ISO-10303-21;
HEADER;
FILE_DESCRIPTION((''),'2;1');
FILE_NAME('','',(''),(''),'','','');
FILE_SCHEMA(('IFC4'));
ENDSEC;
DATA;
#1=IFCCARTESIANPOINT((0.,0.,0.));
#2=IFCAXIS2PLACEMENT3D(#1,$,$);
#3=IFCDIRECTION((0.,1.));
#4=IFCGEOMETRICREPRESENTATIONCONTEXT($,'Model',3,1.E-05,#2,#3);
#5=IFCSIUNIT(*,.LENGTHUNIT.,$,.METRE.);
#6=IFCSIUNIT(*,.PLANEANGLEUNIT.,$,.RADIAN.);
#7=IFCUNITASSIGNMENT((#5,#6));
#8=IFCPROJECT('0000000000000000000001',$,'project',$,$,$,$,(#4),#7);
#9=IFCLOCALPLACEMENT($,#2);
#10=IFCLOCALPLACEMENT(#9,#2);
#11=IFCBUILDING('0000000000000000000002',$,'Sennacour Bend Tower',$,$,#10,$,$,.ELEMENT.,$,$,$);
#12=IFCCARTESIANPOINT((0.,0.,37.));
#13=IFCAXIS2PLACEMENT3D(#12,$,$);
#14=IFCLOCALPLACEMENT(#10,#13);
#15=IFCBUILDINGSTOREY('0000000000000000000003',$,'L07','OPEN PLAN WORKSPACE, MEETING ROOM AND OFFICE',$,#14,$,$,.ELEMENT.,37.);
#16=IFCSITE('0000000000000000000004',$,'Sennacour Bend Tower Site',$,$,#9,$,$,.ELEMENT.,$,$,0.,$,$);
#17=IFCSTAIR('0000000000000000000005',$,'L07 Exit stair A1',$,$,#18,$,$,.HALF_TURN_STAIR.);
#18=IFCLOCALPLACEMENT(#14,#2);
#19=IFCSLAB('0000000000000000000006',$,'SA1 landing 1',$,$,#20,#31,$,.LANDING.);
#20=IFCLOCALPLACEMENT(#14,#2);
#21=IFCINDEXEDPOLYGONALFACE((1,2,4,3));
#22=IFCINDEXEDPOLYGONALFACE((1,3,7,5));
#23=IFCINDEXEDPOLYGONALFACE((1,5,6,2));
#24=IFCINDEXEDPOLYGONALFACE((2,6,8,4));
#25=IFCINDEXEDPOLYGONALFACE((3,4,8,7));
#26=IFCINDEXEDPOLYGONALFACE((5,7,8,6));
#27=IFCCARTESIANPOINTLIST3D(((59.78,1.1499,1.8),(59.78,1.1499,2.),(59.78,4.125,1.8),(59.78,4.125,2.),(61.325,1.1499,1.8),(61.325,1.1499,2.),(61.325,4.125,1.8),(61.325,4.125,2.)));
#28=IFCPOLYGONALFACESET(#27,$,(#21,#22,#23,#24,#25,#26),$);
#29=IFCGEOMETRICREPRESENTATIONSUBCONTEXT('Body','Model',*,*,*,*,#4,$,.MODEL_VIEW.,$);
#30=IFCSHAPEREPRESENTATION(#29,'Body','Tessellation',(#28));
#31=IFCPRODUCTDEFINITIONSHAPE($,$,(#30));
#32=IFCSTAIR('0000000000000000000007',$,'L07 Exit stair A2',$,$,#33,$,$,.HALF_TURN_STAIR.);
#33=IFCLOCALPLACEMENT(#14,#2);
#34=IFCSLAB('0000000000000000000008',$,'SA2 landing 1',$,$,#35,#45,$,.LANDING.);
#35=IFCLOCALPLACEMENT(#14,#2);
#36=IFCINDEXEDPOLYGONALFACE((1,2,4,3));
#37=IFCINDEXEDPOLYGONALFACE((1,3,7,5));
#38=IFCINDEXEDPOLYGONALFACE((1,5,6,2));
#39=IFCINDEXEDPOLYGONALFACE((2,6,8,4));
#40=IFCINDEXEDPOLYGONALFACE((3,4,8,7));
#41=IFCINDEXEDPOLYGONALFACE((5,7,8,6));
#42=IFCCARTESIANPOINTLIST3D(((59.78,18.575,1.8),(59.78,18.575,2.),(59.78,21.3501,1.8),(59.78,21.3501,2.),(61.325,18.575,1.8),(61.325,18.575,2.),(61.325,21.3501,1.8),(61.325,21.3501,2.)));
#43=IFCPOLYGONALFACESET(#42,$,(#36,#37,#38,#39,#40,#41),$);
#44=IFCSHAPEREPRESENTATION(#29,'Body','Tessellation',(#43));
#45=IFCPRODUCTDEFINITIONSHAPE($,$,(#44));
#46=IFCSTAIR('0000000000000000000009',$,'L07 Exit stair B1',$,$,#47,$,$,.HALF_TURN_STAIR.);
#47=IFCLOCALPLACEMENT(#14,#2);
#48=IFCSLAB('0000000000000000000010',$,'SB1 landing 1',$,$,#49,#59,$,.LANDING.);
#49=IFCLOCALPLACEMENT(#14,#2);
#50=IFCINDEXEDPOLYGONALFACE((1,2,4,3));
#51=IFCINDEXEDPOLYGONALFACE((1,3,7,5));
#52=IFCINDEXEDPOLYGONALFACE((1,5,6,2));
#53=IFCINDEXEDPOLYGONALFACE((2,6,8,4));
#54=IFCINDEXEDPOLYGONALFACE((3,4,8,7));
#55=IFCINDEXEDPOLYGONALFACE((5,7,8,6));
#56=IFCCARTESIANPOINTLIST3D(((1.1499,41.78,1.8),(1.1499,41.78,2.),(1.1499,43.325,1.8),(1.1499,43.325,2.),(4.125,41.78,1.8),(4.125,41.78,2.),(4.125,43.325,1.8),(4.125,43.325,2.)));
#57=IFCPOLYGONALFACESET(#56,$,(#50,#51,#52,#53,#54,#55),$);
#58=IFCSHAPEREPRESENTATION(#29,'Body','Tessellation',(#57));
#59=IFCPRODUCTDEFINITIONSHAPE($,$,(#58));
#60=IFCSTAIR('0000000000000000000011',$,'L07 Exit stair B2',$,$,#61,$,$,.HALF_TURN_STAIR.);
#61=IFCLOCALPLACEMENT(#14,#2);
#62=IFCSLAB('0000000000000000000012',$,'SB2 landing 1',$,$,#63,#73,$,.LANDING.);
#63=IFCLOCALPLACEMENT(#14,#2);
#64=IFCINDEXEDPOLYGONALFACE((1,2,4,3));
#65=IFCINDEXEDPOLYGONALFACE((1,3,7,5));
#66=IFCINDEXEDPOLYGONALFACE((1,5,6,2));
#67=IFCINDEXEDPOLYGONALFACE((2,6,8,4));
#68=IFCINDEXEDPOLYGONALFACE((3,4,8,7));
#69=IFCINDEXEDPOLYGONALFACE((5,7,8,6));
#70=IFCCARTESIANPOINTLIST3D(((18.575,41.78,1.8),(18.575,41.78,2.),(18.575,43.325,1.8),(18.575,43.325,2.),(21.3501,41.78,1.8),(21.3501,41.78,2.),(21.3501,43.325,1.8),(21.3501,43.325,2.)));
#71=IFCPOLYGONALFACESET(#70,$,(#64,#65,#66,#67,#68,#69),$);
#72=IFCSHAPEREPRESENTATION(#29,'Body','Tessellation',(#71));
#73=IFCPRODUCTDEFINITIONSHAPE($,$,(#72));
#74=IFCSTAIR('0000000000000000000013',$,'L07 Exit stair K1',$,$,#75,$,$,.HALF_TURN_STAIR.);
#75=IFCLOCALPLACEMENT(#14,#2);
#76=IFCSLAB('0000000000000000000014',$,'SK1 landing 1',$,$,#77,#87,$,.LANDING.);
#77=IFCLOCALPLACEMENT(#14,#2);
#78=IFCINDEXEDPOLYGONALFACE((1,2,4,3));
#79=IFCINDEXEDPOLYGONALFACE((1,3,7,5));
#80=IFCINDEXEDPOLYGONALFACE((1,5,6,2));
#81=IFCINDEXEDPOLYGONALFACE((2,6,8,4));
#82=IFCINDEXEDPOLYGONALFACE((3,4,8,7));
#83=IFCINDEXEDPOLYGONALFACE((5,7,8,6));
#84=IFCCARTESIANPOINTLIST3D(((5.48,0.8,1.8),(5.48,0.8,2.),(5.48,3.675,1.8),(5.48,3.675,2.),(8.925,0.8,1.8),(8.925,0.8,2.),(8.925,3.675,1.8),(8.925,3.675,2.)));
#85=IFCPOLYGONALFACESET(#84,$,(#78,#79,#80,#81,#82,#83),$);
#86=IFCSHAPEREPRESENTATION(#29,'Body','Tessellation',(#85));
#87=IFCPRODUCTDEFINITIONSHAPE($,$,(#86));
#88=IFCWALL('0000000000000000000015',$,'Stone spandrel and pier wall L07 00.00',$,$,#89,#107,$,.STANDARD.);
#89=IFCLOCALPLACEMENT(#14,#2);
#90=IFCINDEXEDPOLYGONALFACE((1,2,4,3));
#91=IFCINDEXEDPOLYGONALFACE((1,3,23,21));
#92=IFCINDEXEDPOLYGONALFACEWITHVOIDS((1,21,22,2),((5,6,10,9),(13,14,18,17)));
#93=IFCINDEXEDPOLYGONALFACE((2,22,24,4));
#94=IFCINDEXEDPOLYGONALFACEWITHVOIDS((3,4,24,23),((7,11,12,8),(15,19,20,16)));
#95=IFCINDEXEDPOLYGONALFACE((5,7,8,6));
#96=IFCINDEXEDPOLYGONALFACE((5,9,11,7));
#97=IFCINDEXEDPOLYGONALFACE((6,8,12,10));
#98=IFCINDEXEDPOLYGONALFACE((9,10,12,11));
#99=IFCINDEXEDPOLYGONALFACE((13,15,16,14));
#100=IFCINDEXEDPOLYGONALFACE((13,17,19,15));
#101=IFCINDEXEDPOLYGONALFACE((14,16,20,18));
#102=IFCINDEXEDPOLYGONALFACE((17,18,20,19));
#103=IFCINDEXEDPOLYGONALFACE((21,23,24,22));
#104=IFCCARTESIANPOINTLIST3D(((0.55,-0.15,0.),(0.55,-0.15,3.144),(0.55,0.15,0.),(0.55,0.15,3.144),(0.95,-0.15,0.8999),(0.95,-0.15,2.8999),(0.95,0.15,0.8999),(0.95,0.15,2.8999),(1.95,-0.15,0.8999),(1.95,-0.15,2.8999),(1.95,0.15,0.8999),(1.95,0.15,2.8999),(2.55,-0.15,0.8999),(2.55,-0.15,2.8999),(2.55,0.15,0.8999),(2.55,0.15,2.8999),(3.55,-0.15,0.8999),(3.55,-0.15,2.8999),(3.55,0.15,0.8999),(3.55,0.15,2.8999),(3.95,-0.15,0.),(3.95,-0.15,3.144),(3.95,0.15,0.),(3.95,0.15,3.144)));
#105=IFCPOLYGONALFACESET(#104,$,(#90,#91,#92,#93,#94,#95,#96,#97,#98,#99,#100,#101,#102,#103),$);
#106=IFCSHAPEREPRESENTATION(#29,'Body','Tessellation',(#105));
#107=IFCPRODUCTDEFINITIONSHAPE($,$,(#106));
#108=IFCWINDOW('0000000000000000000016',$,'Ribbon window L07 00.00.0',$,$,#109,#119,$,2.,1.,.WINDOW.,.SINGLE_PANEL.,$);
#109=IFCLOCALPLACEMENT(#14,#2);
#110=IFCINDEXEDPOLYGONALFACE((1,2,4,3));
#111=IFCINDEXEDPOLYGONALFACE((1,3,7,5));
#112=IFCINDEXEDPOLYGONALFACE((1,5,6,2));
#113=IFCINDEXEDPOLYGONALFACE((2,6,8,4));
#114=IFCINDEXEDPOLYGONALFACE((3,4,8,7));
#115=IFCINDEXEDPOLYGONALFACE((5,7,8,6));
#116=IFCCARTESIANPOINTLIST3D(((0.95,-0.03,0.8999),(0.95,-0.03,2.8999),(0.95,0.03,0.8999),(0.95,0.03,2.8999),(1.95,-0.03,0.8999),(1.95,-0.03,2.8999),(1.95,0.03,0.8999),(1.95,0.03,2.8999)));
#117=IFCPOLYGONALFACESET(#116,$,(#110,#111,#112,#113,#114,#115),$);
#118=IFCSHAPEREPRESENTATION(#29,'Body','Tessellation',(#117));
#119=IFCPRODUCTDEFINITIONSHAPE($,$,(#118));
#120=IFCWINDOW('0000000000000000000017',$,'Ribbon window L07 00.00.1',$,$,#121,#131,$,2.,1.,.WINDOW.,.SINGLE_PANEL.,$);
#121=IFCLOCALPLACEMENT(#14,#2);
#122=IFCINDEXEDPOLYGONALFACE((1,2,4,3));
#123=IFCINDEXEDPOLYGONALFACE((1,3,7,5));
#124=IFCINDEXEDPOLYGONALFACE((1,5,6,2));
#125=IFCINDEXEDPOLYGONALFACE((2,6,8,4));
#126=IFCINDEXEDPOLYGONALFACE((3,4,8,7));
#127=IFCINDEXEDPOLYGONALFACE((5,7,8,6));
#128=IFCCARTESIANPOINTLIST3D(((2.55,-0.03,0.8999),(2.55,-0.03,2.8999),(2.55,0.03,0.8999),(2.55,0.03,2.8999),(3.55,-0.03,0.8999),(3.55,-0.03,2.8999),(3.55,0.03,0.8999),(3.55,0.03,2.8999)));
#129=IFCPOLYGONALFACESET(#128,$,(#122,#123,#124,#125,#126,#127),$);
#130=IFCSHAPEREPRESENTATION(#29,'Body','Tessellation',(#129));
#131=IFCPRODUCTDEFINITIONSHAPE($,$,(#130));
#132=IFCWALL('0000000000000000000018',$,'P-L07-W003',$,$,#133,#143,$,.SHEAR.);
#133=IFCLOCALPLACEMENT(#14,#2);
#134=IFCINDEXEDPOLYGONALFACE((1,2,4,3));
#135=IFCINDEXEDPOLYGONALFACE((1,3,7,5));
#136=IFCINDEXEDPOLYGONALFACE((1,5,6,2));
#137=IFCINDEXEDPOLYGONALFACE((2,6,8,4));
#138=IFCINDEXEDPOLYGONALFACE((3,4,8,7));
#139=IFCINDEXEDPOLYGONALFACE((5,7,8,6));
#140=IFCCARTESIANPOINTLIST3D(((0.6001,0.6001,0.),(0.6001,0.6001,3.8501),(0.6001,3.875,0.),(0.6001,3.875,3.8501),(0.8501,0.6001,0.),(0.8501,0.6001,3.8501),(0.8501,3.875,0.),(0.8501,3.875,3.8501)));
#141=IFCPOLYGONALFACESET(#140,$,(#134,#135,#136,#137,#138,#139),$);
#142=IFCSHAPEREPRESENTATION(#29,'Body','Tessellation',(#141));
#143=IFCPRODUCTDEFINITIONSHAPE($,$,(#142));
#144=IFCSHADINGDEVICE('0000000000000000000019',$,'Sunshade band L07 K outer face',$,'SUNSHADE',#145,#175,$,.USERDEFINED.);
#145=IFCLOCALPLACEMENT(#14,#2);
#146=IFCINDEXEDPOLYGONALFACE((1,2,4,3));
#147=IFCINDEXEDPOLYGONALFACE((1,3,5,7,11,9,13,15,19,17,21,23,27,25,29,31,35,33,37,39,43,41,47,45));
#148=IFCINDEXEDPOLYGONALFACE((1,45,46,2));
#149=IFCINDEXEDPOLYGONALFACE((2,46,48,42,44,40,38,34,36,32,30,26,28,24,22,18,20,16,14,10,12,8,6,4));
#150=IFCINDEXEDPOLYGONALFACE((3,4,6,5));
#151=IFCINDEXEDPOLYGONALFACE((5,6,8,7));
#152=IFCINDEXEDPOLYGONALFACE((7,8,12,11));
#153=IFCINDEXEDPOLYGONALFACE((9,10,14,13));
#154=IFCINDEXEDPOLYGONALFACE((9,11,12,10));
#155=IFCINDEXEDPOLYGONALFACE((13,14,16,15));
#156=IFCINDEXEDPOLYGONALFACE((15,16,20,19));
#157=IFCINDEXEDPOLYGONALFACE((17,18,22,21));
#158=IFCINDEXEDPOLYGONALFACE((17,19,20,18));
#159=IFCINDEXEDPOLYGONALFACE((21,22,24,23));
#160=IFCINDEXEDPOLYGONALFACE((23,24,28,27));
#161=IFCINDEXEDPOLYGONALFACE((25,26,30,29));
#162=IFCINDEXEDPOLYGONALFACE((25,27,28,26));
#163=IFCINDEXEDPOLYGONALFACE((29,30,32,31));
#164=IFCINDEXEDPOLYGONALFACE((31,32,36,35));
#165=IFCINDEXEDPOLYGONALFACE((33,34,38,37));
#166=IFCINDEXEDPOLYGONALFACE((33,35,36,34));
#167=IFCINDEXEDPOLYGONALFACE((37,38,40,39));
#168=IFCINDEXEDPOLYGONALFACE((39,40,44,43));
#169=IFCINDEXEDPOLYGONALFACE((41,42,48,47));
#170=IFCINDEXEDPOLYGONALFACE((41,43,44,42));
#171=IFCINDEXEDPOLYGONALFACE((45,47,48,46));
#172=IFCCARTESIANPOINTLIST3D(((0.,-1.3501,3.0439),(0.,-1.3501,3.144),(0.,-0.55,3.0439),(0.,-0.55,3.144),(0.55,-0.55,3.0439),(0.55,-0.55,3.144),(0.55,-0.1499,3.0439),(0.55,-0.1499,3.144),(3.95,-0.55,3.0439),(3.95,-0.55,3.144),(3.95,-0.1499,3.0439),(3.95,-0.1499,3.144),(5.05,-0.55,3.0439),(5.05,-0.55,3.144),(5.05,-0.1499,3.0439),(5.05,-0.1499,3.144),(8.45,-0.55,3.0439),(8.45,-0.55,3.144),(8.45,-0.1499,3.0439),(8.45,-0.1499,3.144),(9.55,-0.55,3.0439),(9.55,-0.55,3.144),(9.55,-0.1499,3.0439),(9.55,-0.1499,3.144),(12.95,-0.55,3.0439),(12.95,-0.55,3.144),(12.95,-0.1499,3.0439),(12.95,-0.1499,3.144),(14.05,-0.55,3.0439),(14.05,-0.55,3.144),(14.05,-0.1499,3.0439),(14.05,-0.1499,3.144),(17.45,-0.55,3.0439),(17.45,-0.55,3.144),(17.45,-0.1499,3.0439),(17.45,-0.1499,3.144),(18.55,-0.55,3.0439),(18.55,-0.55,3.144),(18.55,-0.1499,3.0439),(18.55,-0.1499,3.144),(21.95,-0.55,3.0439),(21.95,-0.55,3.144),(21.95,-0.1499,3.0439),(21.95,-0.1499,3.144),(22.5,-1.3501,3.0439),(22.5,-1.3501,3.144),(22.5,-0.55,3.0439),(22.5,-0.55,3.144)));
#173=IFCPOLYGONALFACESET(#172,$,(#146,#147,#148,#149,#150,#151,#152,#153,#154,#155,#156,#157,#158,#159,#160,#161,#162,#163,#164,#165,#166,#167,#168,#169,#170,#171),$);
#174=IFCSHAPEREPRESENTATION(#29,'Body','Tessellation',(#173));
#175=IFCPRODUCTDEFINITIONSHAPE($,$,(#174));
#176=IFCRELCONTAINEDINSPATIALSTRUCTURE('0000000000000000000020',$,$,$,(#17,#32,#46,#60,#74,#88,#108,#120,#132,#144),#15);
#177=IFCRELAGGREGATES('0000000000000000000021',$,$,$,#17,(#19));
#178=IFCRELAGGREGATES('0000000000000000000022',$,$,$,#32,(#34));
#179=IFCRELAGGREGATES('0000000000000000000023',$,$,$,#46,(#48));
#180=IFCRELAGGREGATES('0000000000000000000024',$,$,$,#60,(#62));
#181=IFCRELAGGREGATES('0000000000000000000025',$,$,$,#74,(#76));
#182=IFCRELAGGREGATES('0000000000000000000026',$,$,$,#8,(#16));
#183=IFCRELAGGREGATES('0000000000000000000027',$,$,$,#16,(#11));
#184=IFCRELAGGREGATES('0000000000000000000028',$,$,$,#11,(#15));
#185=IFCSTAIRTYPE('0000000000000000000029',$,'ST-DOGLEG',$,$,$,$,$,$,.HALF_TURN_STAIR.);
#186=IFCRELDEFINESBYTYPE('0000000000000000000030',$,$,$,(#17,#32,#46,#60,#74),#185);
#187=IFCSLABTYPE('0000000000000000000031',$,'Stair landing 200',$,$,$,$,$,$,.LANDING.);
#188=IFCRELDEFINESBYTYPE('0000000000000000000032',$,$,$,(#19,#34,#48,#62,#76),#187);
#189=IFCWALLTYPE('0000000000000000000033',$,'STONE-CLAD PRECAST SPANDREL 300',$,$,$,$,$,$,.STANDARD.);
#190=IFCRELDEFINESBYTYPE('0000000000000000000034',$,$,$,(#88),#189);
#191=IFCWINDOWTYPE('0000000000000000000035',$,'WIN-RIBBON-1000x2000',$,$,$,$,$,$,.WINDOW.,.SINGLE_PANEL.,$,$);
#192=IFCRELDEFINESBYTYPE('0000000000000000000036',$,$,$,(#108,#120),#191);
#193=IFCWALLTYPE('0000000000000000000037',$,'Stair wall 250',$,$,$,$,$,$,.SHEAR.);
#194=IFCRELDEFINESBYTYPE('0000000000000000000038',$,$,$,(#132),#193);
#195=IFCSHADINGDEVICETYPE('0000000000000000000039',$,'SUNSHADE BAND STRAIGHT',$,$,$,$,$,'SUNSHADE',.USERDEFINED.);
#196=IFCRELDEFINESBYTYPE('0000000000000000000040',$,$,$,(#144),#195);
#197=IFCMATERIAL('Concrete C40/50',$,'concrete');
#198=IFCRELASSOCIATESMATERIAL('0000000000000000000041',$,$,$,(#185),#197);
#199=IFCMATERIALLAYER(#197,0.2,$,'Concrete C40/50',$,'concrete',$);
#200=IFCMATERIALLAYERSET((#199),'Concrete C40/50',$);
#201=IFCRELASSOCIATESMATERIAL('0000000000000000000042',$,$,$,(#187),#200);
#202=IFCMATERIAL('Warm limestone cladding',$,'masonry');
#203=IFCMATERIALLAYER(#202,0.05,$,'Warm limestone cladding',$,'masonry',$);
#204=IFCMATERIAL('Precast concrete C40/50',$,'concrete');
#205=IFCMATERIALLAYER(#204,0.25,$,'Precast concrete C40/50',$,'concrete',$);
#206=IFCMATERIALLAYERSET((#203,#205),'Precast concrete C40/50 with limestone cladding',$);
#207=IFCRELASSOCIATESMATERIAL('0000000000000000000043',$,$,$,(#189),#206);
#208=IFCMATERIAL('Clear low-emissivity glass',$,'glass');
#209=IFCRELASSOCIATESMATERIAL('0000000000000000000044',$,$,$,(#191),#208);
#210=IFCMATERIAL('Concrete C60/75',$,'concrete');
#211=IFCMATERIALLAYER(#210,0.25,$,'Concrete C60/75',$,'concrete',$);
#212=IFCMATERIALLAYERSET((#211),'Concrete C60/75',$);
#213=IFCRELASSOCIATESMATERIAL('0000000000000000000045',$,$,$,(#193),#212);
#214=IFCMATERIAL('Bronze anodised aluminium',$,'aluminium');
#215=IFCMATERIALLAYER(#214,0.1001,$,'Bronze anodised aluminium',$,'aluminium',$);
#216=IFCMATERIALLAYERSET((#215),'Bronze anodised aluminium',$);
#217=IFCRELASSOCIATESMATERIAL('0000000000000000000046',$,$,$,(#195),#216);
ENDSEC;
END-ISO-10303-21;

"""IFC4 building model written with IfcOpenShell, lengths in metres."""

from ifc_helpers import new_model, si_unit, direction, frame, frame_2d, origin, place, context, subcontext, project, spatial, polyline, rectangle, outline, extrude, material, layer, layer_set, type_object, element, fill, aggregate, save


model = new_model("IFC4")

# Units and contexts
model_context = context("Model", 3, precision=1e-05, world=origin(), true_north=direction((0.0, 1.0)))
body_context = subcontext(model_context, "Body", "Model", "MODEL_VIEW")
ifc_project = project(units=[si_unit("LENGTHUNIT", "METRE"), si_unit("PLANEANGLEUNIT", "RADIAN")], contexts=[model_context])

# Site, building, storey
site_placement = place(None, origin())
site = spatial("IfcSite", under=ifc_project, at=site_placement, Name="Sennacour Bend Tower Site", CompositionType="ELEMENT", RefElevation=0.0)
building_placement = place(site_placement, origin())
building = spatial("IfcBuilding", under=site, at=building_placement, Name="Sennacour Bend Tower", CompositionType="ELEMENT")
storey_placement = place(building_placement, frame((0.0, 0.0, 37.0)))
storey = spatial("IfcBuildingStorey", under=building, at=storey_placement, Name="L07", Description="OPEN PLAN WORKSPACE, MEETING ROOM AND OFFICE", CompositionType="ELEMENT", Elevation=37.0)

# Shared definitions
ifc_material_1 = material(Name="Concrete C40/50", Category="concrete")

# Stairs, slabs
stair_type = type_object("IfcStairType", Name="ST-DOGLEG", PredefinedType="HALF_TURN_STAIR", material=ifc_material_1)
stair_1_placement = place(storey_placement, origin())
stair_1 = element("IfcStair", 1, at=stair_1_placement, inside=storey, type_object=stair_type, Name="L07 Exit stair A1", PredefinedType="HALF_TURN_STAIR")
ifc_layer_1 = layer(ifc_material_1, 0.2, Name="Concrete C40/50", Category="concrete")
ifc_layer_set_1 = layer_set([ifc_layer_1], Name="Concrete C40/50")
slab_type_1 = type_object("IfcSlabType", Name="Stair landing 200", PredefinedType="LANDING", material=ifc_layer_set_1)
slab_1_placement = place(storey_placement, frame((0.0, 0.0, 1.8)))
slab_1 = element("IfcSlab", 2, at=slab_1_placement, type_object=slab_type_1, Name="SA1 landing 1", PredefinedType="LANDING", context=body_context, shape_type="SweptSolid", body=[
    extrude(outline(polyline([(59.78, 1.1499), (61.325, 1.1499), (61.325, 4.125), (59.78, 4.125), (59.78, 1.1499)])), origin(), (0.0, 0.0, 1.0), 0.2),
])
aggregate(stair_1, [slab_1])
stair_2_placement = place(storey_placement, origin())
stair_2 = element("IfcStair", 3, at=stair_2_placement, inside=storey, type_object=stair_type, Name="L07 Exit stair A2", PredefinedType="HALF_TURN_STAIR")
slab_2_placement = place(storey_placement, frame((0.0, 0.0, 1.8)))
slab_2 = element("IfcSlab", 4, at=slab_2_placement, type_object=slab_type_1, Name="SA2 landing 1", PredefinedType="LANDING", context=body_context, shape_type="SweptSolid", body=[
    extrude(outline(polyline([(59.78, 18.575), (61.325, 18.575), (61.325, 21.3501), (59.78, 21.3501), (59.78, 18.575)])), origin(), (0.0, 0.0, 1.0), 0.2),
])
aggregate(stair_2, [slab_2])
stair_3_placement = place(storey_placement, origin())
stair_3 = element("IfcStair", 5, at=stair_3_placement, inside=storey, type_object=stair_type, Name="L07 Exit stair B1", PredefinedType="HALF_TURN_STAIR")
slab_3_placement = place(storey_placement, frame((0.0, 0.0, 1.8)))
slab_3 = element("IfcSlab", 6, at=slab_3_placement, type_object=slab_type_1, Name="SB1 landing 1", PredefinedType="LANDING", context=body_context, shape_type="SweptSolid", body=[
    extrude(outline(polyline([(1.1499, 41.78), (4.125, 41.78), (4.125, 43.325), (1.1499, 43.325), (1.1499, 41.78)])), origin(), (0.0, 0.0, 1.0), 0.2),
])
aggregate(stair_3, [slab_3])
stair_4_placement = place(storey_placement, origin())
stair_4 = element("IfcStair", 7, at=stair_4_placement, inside=storey, type_object=stair_type, Name="L07 Exit stair B2", PredefinedType="HALF_TURN_STAIR")
slab_4_placement = place(storey_placement, frame((0.0, 0.0, 1.8)))
slab_4 = element("IfcSlab", 8, at=slab_4_placement, type_object=slab_type_1, Name="SB2 landing 1", PredefinedType="LANDING", context=body_context, shape_type="SweptSolid", body=[
    extrude(outline(polyline([(18.575, 41.78), (21.3501, 41.78), (21.3501, 43.325), (18.575, 43.325), (18.575, 41.78)])), origin(), (0.0, 0.0, 1.0), 0.2),
])
aggregate(stair_4, [slab_4])
stair_5_placement = place(storey_placement, origin())
stair_5 = element("IfcStair", 9, at=stair_5_placement, inside=storey, type_object=stair_type, Name="L07 Exit stair K1", PredefinedType="HALF_TURN_STAIR")
slab_5_placement = place(storey_placement, frame((0.0, 0.0, 1.8)))
slab_5 = element("IfcSlab", 10, at=slab_5_placement, type_object=slab_type_1, Name="SK1 landing 1", PredefinedType="LANDING", context=body_context, shape_type="SweptSolid", body=[
    extrude(outline(polyline([(5.48, 0.8), (8.925, 0.8), (8.925, 3.675), (5.48, 3.675), (5.48, 0.8)])), origin(), (0.0, 0.0, 1.0), 0.2),
])
aggregate(stair_5, [slab_5])

# Wall, openings, windows
ifc_material_2 = material(Name="Warm limestone cladding", Category="masonry")
ifc_layer_2 = layer(ifc_material_2, 0.05, Name="Warm limestone cladding", Category="masonry")
ifc_material_3 = material(Name="Precast concrete C40/50", Category="concrete")
ifc_layer_3 = layer(ifc_material_3, 0.25, Name="Precast concrete C40/50", Category="concrete")
ifc_layer_set_2 = layer_set([ifc_layer_2, ifc_layer_3], Name="Precast concrete C40/50 with limestone cladding")
wall_type_1 = type_object("IfcWallType", Name="STONE-CLAD PRECAST SPANDREL 300", PredefinedType="STANDARD", material=ifc_layer_set_2)
wall_1_placement = place(storey_placement, frame((0.55, 0.0, 0.0), z_axis=(0.0, 0.0, 1.0), x_axis=(1.0, 0.0, 0.0)))
wall_1 = element("IfcWall", 11, at=wall_1_placement, inside=storey, type_object=wall_type_1, Name="Stone spandrel and pier wall L07 00.00", PredefinedType="STANDARD", context=body_context, shape_type="SweptSolid", body=[
    extrude(rectangle(XDim=3.3999, YDim=0.3, at=frame_2d((1.7, 0.0))), origin(), (0.0, 0.0, 1.0), 3.144),
])
opening_1_placement = place(wall_1_placement, frame((0.3999, 0.0, 0.8999)))
opening_1 = element("IfcOpeningElement", 12, at=opening_1_placement, cuts=wall_1, PredefinedType="OPENING", context=body_context, shape_type="SweptSolid", body=[
    extrude(rectangle(XDim=1.0, YDim=2.0, at=frame_2d((0.5, 1.0))), frame((0.0, 0.1602, 0.0), z_axis=(0.0, -1.0, 0.0), x_axis=(1.0, 0.0, 0.0)), (0.0, 0.0, 1.0), 0.3201),
])
opening_2_placement = place(wall_1_placement, frame((2.0, 0.0, 0.8999)))
opening_2 = element("IfcOpeningElement", 13, at=opening_2_placement, cuts=wall_1, PredefinedType="OPENING", context=body_context, shape_type="SweptSolid", body=[
    extrude(rectangle(XDim=1.0, YDim=2.0, at=frame_2d((0.5, 1.0))), frame((0.0, 0.1602, 0.0), z_axis=(0.0, -1.0, 0.0), x_axis=(1.0, 0.0, 0.0)), (0.0, 0.0, 1.0), 0.3201),
])
ifc_material_4 = material(Name="Clear low-emissivity glass", Category="glass")
window_type = type_object("IfcWindowType", Name="WIN-RIBBON-1000x2000", PartitioningType="SINGLE_PANEL", PredefinedType="WINDOW", material=ifc_material_4)
window_1_placement = place(opening_1_placement, origin())
window_1 = element("IfcWindow", 14, at=window_1_placement, inside=storey, type_object=window_type, Name="Ribbon window L07 00.00.0", OverallHeight=2.0, OverallWidth=1.0, PartitioningType="SINGLE_PANEL", PredefinedType="WINDOW", context=body_context, shape_type="SweptSolid", body=[
    extrude(rectangle(XDim=1.0, YDim=2.0, at=frame_2d((0.5, 1.0))), frame((0.0, 0.03, 0.0), z_axis=(0.0, -1.0, 0.0), x_axis=(1.0, 0.0, 0.0)), (0.0, 0.0, 1.0), 0.0601),
])
fill(opening_1, window_1)
window_2_placement = place(opening_2_placement, origin())
window_2 = element("IfcWindow", 15, at=window_2_placement, inside=storey, type_object=window_type, Name="Ribbon window L07 00.00.1", OverallHeight=2.0, OverallWidth=1.0, PartitioningType="SINGLE_PANEL", PredefinedType="WINDOW", context=body_context, shape_type="SweptSolid", body=[
    extrude(rectangle(XDim=1.0, YDim=2.0, at=frame_2d((0.5, 1.0))), frame((0.0, 0.03, 0.0), z_axis=(0.0, -1.0, 0.0), x_axis=(1.0, 0.0, 0.0)), (0.0, 0.0, 1.0), 0.0601),
])
fill(opening_2, window_2)

# Wall
ifc_material_5 = material(Name="Concrete C60/75", Category="concrete")
ifc_layer_4 = layer(ifc_material_5, 0.25, Name="Concrete C60/75", Category="concrete")
ifc_layer_set_3 = layer_set([ifc_layer_4], Name="Concrete C60/75")
wall_type_2 = type_object("IfcWallType", Name="Stair wall 250", PredefinedType="SHEAR", material=ifc_layer_set_3)
wall_2_placement = place(storey_placement, frame((0.7251, 0.6001, 0.0), z_axis=(0.0, 0.0, 1.0), x_axis=(0.0, 1.0, 0.0)))
element("IfcWall", 16, at=wall_2_placement, inside=storey, type_object=wall_type_2, Name="P-L07-W003", PredefinedType="SHEAR", context=body_context, shape_type="SweptSolid", body=[
    extrude(rectangle(XDim=3.2749, YDim=0.25, at=frame_2d((1.6375, 0.0))), origin(), (0.0, 0.0, 1.0), 3.8501),
])

# Shading device
ifc_material_6 = material(Name="Bronze anodised aluminium", Category="aluminium")
ifc_layer_5 = layer(ifc_material_6, 0.1001, Name="Bronze anodised aluminium", Category="aluminium")
ifc_layer_set_4 = layer_set([ifc_layer_5], Name="Bronze anodised aluminium")
shading_device_type_1 = type_object("IfcShadingDeviceType", Name="SUNSHADE BAND STRAIGHT", ElementType="SUNSHADE", PredefinedType="USERDEFINED", material=ifc_layer_set_4)
shading_device_1_placement = place(storey_placement, frame((0.0, 0.0, 3.0439)))
element("IfcShadingDevice", 17, at=shading_device_1_placement, inside=storey, type_object=shading_device_type_1, Name="Sunshade band L07 K outer face", ObjectType="SUNSHADE", PredefinedType="USERDEFINED", context=body_context, shape_type="SweptSolid", body=[
    extrude(outline(polyline([(3.95, -0.1499), (3.95, -0.55), (5.05, -0.55), (5.05, -0.1499), (8.45, -0.1499), (8.45, -0.55), (9.55, -0.55), (9.55, -0.1499), (12.95, -0.1499), (12.95, -0.55), (14.05, -0.55), (14.05, -0.1499), (17.45, -0.1499), (17.45, -0.55), (18.55, -0.55), (18.55, -0.1499), (21.95, -0.1499), (21.95, -0.55), (22.5, -0.55), (22.5, -1.3501), (0.0, -1.3501), (0.0, -0.55), (0.55, -0.55), (0.55, -0.1499), (3.95, -0.1499)])), origin(), (0.0, 0.0, 1.0), 0.1001),
])

save(model, "model.ifc")
